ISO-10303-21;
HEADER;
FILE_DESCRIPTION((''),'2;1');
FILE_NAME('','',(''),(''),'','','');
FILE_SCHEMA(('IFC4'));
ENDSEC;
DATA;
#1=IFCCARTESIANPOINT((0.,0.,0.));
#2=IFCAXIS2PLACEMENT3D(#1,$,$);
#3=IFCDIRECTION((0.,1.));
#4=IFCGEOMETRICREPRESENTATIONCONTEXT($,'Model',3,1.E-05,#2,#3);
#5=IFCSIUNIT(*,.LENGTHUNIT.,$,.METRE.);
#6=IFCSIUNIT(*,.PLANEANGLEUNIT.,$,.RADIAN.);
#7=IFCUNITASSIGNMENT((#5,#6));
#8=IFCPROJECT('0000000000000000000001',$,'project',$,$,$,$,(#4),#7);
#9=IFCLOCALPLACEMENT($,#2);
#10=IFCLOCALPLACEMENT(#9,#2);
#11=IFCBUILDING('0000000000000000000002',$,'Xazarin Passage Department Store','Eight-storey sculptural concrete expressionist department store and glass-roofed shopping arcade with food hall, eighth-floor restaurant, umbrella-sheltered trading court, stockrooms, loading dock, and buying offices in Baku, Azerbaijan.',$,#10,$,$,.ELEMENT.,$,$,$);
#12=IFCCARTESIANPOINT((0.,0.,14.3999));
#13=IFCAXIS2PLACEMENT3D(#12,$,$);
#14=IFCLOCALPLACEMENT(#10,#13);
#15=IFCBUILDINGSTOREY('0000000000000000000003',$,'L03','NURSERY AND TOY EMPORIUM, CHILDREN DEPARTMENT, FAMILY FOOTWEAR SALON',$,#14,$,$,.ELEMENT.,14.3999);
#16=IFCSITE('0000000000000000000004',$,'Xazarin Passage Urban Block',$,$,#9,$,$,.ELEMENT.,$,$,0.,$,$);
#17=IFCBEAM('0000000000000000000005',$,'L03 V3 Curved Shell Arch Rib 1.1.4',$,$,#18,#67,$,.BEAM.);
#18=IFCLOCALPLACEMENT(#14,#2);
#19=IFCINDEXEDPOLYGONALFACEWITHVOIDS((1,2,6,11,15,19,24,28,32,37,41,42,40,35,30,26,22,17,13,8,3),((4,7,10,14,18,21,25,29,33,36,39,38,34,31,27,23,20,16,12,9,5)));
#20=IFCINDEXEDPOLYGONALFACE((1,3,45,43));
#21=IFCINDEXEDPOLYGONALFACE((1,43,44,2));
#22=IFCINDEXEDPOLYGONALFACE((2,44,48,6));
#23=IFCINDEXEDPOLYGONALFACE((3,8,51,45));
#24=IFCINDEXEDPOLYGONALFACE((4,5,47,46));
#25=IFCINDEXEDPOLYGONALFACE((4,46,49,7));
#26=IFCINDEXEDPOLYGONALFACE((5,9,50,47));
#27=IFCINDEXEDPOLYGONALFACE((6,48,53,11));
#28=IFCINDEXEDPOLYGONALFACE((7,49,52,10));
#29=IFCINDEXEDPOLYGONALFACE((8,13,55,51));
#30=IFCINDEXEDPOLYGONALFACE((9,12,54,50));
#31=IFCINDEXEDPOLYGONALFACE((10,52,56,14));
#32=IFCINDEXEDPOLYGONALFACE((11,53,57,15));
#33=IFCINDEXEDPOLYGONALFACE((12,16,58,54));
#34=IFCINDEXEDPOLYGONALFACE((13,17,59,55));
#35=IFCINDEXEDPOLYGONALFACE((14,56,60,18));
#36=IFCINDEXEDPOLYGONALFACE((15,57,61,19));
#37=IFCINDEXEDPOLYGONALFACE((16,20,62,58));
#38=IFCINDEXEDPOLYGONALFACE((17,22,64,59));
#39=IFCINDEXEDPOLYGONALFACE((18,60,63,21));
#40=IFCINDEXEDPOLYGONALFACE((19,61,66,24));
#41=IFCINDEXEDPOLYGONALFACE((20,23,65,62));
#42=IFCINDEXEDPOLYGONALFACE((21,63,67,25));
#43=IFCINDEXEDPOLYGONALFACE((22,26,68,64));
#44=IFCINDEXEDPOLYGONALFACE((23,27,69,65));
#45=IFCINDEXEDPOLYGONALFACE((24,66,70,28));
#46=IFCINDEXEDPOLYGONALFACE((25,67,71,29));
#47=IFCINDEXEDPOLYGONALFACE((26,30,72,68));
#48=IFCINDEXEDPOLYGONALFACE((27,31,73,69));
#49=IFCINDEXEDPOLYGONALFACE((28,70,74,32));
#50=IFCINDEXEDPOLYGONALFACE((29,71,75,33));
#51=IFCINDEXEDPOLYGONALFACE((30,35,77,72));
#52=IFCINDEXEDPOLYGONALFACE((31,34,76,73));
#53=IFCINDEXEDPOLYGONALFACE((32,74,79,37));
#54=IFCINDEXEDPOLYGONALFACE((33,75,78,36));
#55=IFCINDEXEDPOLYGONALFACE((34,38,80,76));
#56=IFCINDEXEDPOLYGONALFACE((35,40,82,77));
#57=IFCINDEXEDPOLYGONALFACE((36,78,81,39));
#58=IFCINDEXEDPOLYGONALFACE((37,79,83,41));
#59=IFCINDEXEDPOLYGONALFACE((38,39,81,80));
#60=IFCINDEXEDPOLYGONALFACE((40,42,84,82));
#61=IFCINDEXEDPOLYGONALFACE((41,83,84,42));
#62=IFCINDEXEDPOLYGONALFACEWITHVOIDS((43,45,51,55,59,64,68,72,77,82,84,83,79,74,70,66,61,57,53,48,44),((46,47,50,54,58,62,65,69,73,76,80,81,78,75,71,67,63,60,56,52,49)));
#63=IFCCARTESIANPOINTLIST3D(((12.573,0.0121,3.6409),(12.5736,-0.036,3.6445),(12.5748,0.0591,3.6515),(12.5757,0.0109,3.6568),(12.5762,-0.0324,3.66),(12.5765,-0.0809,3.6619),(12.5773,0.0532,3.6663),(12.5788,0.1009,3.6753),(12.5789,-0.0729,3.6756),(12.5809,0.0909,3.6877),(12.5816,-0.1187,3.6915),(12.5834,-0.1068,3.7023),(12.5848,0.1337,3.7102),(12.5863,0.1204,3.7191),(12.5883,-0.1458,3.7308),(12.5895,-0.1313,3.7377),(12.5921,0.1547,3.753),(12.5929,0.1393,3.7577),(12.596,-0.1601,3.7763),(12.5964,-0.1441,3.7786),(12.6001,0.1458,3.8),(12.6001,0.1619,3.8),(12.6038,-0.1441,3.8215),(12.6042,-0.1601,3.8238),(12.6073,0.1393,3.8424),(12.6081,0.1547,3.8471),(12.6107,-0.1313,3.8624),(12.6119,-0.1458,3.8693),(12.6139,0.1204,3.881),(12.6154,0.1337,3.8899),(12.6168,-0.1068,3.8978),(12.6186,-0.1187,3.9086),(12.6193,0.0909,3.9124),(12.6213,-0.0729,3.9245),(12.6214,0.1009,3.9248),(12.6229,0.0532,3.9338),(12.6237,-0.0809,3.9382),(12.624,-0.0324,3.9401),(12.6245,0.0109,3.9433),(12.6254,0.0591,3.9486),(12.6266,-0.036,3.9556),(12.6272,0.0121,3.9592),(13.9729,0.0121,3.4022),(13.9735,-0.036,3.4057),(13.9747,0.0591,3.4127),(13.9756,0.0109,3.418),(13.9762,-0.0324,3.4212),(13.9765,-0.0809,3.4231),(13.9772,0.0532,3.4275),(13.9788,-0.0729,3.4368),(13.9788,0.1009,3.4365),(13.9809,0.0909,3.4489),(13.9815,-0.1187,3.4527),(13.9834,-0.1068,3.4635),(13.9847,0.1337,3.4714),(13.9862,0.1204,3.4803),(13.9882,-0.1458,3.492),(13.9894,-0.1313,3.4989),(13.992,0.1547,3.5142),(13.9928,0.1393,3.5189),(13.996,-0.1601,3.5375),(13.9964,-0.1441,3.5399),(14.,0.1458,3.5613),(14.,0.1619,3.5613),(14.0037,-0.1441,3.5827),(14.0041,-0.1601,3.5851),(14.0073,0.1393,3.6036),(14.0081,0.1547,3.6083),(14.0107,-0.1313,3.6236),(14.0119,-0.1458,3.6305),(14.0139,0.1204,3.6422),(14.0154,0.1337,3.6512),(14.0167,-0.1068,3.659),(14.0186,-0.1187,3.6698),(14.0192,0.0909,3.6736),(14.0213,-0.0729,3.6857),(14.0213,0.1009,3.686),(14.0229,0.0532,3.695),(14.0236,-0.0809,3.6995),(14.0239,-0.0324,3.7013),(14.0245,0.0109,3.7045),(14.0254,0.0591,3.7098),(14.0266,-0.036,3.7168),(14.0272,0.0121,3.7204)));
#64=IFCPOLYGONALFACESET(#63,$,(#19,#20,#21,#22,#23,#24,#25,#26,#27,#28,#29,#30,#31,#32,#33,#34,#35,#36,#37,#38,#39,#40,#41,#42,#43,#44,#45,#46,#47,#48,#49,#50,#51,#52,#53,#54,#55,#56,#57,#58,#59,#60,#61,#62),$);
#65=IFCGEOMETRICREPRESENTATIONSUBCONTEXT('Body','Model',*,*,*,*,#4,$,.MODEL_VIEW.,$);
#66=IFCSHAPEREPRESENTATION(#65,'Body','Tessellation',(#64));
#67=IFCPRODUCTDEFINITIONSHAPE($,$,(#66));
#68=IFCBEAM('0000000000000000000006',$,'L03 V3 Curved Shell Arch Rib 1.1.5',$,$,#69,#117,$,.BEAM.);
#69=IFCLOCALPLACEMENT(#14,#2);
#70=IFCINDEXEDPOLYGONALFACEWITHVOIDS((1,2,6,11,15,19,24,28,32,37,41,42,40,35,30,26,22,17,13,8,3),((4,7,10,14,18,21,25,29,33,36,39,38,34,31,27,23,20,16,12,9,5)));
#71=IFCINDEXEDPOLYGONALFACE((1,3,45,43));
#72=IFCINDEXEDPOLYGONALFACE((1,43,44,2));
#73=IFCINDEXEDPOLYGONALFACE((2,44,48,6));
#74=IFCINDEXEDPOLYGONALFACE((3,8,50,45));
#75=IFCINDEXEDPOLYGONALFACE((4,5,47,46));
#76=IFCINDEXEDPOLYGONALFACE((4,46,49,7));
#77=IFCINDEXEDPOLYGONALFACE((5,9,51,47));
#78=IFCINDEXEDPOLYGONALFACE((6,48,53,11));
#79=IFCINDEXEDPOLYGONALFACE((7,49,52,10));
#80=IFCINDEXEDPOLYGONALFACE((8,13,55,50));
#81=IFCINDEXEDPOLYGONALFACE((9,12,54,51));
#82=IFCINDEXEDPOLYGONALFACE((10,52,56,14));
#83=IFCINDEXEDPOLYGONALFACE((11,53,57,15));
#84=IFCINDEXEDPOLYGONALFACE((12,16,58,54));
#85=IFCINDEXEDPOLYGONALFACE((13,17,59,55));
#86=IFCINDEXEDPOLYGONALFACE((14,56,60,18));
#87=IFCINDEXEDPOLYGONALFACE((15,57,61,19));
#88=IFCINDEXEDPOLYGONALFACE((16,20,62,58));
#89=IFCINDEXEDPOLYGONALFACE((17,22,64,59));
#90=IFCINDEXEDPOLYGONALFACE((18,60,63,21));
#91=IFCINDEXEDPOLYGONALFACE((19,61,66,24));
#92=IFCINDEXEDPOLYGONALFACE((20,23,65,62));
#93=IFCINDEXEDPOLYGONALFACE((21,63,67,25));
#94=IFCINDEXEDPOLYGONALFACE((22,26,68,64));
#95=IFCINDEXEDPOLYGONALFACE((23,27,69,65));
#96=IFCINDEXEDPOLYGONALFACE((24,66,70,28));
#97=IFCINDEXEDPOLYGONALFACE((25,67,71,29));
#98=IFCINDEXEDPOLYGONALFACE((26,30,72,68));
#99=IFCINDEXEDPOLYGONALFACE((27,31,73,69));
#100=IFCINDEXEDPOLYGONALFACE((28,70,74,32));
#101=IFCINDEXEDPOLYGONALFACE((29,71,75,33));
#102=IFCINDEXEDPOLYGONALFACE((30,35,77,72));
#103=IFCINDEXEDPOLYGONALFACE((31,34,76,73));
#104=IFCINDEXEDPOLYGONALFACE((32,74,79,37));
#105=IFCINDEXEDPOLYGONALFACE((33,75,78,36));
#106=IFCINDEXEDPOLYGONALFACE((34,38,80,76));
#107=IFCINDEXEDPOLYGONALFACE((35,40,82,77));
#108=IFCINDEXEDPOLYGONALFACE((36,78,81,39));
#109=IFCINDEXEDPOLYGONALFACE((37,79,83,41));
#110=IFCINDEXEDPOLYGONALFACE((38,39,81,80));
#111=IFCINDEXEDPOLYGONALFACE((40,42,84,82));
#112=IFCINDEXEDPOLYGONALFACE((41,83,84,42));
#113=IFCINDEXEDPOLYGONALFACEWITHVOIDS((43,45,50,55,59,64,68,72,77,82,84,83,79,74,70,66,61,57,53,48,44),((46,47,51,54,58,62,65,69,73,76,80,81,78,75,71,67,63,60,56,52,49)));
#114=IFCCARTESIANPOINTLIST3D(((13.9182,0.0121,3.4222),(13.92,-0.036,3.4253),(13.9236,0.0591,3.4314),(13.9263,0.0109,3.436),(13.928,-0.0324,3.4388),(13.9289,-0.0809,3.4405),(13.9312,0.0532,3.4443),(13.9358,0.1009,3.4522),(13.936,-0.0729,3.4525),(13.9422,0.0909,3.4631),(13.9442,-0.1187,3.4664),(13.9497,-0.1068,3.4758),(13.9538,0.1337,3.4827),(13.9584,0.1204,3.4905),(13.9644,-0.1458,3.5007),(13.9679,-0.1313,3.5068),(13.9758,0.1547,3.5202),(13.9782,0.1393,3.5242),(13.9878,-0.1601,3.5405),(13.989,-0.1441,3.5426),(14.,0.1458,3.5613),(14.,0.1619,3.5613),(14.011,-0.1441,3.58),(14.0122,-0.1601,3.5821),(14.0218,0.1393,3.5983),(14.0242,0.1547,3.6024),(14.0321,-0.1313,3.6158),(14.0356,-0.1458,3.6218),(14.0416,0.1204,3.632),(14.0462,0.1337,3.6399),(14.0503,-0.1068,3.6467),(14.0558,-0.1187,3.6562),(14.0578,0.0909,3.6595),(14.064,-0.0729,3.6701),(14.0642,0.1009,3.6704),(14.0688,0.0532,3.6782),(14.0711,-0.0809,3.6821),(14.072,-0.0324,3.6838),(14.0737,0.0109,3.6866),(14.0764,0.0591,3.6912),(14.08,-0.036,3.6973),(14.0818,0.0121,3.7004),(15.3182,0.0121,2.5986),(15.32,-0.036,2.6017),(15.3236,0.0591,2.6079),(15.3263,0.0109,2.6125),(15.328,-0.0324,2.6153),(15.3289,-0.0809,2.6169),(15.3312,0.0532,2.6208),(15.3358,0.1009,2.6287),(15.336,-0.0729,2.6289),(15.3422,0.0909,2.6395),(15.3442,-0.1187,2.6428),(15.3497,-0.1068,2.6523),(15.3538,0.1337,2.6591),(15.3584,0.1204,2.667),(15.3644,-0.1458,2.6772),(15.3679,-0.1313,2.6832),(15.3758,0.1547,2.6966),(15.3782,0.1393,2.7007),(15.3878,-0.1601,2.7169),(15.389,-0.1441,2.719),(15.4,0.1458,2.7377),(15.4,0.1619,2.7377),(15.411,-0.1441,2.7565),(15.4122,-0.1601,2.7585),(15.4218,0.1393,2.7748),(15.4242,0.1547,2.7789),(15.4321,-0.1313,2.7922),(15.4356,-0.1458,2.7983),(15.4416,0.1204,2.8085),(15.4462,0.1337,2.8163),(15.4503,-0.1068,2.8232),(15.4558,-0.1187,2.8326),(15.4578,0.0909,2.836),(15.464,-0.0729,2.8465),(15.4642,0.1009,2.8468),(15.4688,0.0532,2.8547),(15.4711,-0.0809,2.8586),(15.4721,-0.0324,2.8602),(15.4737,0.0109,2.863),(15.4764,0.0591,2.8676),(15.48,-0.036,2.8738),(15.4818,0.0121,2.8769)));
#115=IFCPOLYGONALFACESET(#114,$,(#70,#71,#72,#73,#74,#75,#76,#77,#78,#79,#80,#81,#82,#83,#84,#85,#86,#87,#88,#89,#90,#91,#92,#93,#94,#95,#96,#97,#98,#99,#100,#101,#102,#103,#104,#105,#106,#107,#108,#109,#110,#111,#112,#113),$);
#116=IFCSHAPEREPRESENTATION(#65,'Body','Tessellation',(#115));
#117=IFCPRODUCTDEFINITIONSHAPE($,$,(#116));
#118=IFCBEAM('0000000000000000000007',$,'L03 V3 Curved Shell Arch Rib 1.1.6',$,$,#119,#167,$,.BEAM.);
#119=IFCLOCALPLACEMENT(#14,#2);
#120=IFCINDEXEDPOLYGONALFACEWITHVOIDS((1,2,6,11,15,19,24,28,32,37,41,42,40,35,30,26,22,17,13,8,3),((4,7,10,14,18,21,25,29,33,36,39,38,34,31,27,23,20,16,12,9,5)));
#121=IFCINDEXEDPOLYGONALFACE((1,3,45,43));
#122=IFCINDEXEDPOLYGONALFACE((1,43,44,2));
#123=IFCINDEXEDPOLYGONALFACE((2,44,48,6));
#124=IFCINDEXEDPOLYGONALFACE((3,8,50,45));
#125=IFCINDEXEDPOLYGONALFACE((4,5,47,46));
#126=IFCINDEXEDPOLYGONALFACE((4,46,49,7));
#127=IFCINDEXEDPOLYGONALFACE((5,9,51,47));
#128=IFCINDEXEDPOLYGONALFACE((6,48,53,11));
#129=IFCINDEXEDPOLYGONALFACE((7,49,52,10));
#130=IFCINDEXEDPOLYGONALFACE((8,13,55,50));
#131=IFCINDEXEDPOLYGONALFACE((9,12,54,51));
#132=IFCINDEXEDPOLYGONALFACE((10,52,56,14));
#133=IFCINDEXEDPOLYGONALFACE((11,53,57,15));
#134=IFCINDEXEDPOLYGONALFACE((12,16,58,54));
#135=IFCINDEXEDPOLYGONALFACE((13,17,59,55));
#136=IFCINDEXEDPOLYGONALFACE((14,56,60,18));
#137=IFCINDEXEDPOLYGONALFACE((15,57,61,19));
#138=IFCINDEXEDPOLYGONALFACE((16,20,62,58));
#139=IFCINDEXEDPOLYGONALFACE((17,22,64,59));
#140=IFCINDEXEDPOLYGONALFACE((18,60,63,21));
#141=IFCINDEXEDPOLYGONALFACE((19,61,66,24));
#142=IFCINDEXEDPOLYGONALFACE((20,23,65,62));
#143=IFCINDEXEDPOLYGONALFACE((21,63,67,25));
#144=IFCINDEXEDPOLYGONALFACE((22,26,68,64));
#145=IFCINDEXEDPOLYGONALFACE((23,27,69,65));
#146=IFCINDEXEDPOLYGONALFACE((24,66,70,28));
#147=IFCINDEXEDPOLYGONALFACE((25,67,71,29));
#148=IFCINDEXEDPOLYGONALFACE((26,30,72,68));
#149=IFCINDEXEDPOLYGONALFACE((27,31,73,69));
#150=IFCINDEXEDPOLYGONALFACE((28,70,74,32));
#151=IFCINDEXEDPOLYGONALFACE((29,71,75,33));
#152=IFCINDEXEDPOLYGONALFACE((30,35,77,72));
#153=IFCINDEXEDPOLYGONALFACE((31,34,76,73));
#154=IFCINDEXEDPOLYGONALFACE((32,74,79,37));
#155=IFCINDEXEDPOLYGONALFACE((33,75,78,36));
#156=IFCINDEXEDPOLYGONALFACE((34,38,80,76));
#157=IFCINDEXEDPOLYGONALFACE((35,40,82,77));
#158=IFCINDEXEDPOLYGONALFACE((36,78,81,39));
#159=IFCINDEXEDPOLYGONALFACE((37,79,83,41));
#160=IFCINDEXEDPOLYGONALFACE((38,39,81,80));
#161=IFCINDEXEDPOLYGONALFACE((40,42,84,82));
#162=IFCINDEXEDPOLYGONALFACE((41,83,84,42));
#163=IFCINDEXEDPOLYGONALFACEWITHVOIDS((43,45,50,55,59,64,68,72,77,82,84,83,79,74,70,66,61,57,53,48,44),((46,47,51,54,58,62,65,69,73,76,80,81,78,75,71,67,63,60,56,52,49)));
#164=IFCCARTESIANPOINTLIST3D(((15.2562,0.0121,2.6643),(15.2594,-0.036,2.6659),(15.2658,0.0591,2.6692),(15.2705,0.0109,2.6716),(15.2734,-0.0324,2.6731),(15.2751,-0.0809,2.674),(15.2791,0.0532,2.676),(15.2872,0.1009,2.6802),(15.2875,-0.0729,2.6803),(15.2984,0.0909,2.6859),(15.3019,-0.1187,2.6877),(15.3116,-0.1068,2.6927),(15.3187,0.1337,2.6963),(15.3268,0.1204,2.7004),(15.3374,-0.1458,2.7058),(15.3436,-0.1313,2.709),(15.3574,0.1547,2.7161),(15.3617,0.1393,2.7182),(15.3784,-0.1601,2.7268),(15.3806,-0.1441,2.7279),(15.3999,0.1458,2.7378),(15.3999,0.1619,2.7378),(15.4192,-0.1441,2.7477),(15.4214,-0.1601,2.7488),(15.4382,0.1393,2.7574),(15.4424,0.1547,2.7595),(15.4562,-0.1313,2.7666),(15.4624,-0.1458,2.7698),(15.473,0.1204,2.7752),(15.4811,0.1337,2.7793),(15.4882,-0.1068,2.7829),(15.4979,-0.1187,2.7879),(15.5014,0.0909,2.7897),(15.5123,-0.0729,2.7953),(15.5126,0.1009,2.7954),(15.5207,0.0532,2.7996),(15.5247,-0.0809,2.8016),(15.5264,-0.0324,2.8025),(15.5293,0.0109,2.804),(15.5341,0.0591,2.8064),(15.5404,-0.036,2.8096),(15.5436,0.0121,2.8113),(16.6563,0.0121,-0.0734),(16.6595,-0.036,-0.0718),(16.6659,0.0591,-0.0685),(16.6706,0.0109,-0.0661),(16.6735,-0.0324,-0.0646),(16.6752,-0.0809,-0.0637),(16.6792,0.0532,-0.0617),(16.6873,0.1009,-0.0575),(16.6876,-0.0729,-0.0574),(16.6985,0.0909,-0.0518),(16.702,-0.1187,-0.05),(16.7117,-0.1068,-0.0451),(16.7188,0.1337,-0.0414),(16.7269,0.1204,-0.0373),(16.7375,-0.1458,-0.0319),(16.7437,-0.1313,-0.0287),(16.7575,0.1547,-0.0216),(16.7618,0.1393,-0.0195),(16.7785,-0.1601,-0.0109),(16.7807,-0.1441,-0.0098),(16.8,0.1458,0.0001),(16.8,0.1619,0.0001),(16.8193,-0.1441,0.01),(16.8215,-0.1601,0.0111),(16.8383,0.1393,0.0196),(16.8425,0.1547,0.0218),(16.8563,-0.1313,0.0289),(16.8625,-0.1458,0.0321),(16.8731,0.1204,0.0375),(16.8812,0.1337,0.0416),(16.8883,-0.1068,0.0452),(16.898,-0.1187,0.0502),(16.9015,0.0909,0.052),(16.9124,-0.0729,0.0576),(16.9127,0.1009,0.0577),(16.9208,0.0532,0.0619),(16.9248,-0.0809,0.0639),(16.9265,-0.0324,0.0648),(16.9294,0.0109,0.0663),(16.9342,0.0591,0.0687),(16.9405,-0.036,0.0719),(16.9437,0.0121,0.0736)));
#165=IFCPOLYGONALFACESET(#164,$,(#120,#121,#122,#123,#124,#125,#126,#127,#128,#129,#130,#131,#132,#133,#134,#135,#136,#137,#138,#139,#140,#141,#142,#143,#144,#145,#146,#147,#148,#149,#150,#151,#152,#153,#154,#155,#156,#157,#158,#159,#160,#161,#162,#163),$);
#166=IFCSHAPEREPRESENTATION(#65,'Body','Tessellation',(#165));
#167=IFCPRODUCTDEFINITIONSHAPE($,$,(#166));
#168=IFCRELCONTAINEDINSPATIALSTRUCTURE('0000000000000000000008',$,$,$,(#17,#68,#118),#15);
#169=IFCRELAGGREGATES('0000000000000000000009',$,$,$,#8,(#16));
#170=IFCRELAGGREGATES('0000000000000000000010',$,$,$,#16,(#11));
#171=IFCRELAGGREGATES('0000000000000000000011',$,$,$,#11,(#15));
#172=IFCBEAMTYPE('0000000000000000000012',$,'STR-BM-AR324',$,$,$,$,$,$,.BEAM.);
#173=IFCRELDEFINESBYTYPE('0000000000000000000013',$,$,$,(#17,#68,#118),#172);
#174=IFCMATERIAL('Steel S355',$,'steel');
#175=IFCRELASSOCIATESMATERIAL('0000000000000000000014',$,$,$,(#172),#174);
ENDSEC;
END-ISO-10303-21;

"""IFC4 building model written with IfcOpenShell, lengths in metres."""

from ifc_helpers import new_model, si_unit, direction, frame, origin, origin_2d, place, context, subcontext, project, spatial, hollow_circle, extrude, material, material_profile, profile_set, type_object, element, save


model = new_model("IFC4")

# Units and contexts
model_context = context("Model", 3, precision=1e-05, world=origin(), true_north=direction((0.0, 1.0)))
body_context = subcontext(model_context, "Body", "Model", "MODEL_VIEW")
ifc_project = project(units=[si_unit("LENGTHUNIT", "METRE"), si_unit("PLANEANGLEUNIT", "RADIAN")], contexts=[model_context])

# Site, building, storey
site_placement = place(None, origin())
site = spatial("IfcSite", under=ifc_project, at=site_placement, Name="Xazarin Passage Urban Block", CompositionType="ELEMENT", RefElevation=0.0)
building_placement = place(site_placement, origin())
building = spatial("IfcBuilding", under=site, at=building_placement, Name="Xazarin Passage Department Store", Description="Eight-storey sculptural concrete expressionist department store and glass-roofed shopping arcade with food hall, eighth-floor restaurant, umbrella-sheltered trading court, stockrooms, loading dock, and buying offices in Baku, Azerbaijan.", CompositionType="ELEMENT")
storey_placement = place(building_placement, frame((0.0, 0.0, 14.3999)))
storey = spatial("IfcBuildingStorey", under=building, at=storey_placement, Name="L03", Description="NURSERY AND TOY EMPORIUM, CHILDREN DEPARTMENT, FAMILY FOOTWEAR SALON", CompositionType="ELEMENT", Elevation=14.3999)

# Beams
ifc_material_1 = material(Name="Steel S355", Category="steel")
ifc_material_profile_1 = material_profile(ifc_material_1, hollow_circle(Radius=0.1619, WallThickness=0.0161, at=origin_2d()), Name="CHS 323.9x16")
ifc_profile_set_1 = profile_set([ifc_material_profile_1], Name="Steel S355")
beam_type_1 = type_object("IfcBeamType", Name="STR-BM-AR324", PredefinedType="BEAM", material=ifc_profile_set_1)
beam_1_placement = place(storey_placement, frame((12.6001, 0.0, 3.8), z_axis=(0.985764, 0.0, -0.168133), x_axis=(0.0, 1.0, 0.0)))
element("IfcBeam", 1, at=beam_1_placement, inside=storey, type_object=beam_type_1, Name="L03 V3 Curved Shell Arch Rib 1.1.4", PredefinedType="BEAM", context=body_context, shape_type="SweptSolid", body=[
    extrude(hollow_circle(Radius=0.1619, WallThickness=0.0161, at=origin_2d()), origin(), (0.0, 0.0, 1.0), 1.4202),
])
beam_2_placement = place(storey_placement, frame((14.0, 0.0, 3.5613), z_axis=(0.86193, 0.0, -0.507027), x_axis=(0.0, 1.0, 0.0)))
element("IfcBeam", 2, at=beam_2_placement, inside=storey, type_object=beam_type_1, Name="L03 V3 Curved Shell Arch Rib 1.1.5", PredefinedType="BEAM", context=body_context, shape_type="SweptSolid", body=[
    extrude(hollow_circle(Radius=0.1619, WallThickness=0.0161, at=origin_2d()), origin(), (0.0, 0.0, 1.0), 1.6243),
])
beam_3_placement = place(storey_placement, frame((15.3999, 0.0, 2.7378), z_axis=(0.455325, 0.0, -0.890325), x_axis=(0.0, 1.0, 0.0)))
element("IfcBeam", 3, at=beam_3_placement, inside=storey, type_object=beam_type_1, Name="L03 V3 Curved Shell Arch Rib 1.1.6", PredefinedType="BEAM", context=body_context, shape_type="SweptSolid", body=[
    extrude(hollow_circle(Radius=0.1619, WallThickness=0.0161, at=origin_2d()), origin(), (0.0, 0.0, 1.0), 3.075),
])

save(model, "model.ifc")
